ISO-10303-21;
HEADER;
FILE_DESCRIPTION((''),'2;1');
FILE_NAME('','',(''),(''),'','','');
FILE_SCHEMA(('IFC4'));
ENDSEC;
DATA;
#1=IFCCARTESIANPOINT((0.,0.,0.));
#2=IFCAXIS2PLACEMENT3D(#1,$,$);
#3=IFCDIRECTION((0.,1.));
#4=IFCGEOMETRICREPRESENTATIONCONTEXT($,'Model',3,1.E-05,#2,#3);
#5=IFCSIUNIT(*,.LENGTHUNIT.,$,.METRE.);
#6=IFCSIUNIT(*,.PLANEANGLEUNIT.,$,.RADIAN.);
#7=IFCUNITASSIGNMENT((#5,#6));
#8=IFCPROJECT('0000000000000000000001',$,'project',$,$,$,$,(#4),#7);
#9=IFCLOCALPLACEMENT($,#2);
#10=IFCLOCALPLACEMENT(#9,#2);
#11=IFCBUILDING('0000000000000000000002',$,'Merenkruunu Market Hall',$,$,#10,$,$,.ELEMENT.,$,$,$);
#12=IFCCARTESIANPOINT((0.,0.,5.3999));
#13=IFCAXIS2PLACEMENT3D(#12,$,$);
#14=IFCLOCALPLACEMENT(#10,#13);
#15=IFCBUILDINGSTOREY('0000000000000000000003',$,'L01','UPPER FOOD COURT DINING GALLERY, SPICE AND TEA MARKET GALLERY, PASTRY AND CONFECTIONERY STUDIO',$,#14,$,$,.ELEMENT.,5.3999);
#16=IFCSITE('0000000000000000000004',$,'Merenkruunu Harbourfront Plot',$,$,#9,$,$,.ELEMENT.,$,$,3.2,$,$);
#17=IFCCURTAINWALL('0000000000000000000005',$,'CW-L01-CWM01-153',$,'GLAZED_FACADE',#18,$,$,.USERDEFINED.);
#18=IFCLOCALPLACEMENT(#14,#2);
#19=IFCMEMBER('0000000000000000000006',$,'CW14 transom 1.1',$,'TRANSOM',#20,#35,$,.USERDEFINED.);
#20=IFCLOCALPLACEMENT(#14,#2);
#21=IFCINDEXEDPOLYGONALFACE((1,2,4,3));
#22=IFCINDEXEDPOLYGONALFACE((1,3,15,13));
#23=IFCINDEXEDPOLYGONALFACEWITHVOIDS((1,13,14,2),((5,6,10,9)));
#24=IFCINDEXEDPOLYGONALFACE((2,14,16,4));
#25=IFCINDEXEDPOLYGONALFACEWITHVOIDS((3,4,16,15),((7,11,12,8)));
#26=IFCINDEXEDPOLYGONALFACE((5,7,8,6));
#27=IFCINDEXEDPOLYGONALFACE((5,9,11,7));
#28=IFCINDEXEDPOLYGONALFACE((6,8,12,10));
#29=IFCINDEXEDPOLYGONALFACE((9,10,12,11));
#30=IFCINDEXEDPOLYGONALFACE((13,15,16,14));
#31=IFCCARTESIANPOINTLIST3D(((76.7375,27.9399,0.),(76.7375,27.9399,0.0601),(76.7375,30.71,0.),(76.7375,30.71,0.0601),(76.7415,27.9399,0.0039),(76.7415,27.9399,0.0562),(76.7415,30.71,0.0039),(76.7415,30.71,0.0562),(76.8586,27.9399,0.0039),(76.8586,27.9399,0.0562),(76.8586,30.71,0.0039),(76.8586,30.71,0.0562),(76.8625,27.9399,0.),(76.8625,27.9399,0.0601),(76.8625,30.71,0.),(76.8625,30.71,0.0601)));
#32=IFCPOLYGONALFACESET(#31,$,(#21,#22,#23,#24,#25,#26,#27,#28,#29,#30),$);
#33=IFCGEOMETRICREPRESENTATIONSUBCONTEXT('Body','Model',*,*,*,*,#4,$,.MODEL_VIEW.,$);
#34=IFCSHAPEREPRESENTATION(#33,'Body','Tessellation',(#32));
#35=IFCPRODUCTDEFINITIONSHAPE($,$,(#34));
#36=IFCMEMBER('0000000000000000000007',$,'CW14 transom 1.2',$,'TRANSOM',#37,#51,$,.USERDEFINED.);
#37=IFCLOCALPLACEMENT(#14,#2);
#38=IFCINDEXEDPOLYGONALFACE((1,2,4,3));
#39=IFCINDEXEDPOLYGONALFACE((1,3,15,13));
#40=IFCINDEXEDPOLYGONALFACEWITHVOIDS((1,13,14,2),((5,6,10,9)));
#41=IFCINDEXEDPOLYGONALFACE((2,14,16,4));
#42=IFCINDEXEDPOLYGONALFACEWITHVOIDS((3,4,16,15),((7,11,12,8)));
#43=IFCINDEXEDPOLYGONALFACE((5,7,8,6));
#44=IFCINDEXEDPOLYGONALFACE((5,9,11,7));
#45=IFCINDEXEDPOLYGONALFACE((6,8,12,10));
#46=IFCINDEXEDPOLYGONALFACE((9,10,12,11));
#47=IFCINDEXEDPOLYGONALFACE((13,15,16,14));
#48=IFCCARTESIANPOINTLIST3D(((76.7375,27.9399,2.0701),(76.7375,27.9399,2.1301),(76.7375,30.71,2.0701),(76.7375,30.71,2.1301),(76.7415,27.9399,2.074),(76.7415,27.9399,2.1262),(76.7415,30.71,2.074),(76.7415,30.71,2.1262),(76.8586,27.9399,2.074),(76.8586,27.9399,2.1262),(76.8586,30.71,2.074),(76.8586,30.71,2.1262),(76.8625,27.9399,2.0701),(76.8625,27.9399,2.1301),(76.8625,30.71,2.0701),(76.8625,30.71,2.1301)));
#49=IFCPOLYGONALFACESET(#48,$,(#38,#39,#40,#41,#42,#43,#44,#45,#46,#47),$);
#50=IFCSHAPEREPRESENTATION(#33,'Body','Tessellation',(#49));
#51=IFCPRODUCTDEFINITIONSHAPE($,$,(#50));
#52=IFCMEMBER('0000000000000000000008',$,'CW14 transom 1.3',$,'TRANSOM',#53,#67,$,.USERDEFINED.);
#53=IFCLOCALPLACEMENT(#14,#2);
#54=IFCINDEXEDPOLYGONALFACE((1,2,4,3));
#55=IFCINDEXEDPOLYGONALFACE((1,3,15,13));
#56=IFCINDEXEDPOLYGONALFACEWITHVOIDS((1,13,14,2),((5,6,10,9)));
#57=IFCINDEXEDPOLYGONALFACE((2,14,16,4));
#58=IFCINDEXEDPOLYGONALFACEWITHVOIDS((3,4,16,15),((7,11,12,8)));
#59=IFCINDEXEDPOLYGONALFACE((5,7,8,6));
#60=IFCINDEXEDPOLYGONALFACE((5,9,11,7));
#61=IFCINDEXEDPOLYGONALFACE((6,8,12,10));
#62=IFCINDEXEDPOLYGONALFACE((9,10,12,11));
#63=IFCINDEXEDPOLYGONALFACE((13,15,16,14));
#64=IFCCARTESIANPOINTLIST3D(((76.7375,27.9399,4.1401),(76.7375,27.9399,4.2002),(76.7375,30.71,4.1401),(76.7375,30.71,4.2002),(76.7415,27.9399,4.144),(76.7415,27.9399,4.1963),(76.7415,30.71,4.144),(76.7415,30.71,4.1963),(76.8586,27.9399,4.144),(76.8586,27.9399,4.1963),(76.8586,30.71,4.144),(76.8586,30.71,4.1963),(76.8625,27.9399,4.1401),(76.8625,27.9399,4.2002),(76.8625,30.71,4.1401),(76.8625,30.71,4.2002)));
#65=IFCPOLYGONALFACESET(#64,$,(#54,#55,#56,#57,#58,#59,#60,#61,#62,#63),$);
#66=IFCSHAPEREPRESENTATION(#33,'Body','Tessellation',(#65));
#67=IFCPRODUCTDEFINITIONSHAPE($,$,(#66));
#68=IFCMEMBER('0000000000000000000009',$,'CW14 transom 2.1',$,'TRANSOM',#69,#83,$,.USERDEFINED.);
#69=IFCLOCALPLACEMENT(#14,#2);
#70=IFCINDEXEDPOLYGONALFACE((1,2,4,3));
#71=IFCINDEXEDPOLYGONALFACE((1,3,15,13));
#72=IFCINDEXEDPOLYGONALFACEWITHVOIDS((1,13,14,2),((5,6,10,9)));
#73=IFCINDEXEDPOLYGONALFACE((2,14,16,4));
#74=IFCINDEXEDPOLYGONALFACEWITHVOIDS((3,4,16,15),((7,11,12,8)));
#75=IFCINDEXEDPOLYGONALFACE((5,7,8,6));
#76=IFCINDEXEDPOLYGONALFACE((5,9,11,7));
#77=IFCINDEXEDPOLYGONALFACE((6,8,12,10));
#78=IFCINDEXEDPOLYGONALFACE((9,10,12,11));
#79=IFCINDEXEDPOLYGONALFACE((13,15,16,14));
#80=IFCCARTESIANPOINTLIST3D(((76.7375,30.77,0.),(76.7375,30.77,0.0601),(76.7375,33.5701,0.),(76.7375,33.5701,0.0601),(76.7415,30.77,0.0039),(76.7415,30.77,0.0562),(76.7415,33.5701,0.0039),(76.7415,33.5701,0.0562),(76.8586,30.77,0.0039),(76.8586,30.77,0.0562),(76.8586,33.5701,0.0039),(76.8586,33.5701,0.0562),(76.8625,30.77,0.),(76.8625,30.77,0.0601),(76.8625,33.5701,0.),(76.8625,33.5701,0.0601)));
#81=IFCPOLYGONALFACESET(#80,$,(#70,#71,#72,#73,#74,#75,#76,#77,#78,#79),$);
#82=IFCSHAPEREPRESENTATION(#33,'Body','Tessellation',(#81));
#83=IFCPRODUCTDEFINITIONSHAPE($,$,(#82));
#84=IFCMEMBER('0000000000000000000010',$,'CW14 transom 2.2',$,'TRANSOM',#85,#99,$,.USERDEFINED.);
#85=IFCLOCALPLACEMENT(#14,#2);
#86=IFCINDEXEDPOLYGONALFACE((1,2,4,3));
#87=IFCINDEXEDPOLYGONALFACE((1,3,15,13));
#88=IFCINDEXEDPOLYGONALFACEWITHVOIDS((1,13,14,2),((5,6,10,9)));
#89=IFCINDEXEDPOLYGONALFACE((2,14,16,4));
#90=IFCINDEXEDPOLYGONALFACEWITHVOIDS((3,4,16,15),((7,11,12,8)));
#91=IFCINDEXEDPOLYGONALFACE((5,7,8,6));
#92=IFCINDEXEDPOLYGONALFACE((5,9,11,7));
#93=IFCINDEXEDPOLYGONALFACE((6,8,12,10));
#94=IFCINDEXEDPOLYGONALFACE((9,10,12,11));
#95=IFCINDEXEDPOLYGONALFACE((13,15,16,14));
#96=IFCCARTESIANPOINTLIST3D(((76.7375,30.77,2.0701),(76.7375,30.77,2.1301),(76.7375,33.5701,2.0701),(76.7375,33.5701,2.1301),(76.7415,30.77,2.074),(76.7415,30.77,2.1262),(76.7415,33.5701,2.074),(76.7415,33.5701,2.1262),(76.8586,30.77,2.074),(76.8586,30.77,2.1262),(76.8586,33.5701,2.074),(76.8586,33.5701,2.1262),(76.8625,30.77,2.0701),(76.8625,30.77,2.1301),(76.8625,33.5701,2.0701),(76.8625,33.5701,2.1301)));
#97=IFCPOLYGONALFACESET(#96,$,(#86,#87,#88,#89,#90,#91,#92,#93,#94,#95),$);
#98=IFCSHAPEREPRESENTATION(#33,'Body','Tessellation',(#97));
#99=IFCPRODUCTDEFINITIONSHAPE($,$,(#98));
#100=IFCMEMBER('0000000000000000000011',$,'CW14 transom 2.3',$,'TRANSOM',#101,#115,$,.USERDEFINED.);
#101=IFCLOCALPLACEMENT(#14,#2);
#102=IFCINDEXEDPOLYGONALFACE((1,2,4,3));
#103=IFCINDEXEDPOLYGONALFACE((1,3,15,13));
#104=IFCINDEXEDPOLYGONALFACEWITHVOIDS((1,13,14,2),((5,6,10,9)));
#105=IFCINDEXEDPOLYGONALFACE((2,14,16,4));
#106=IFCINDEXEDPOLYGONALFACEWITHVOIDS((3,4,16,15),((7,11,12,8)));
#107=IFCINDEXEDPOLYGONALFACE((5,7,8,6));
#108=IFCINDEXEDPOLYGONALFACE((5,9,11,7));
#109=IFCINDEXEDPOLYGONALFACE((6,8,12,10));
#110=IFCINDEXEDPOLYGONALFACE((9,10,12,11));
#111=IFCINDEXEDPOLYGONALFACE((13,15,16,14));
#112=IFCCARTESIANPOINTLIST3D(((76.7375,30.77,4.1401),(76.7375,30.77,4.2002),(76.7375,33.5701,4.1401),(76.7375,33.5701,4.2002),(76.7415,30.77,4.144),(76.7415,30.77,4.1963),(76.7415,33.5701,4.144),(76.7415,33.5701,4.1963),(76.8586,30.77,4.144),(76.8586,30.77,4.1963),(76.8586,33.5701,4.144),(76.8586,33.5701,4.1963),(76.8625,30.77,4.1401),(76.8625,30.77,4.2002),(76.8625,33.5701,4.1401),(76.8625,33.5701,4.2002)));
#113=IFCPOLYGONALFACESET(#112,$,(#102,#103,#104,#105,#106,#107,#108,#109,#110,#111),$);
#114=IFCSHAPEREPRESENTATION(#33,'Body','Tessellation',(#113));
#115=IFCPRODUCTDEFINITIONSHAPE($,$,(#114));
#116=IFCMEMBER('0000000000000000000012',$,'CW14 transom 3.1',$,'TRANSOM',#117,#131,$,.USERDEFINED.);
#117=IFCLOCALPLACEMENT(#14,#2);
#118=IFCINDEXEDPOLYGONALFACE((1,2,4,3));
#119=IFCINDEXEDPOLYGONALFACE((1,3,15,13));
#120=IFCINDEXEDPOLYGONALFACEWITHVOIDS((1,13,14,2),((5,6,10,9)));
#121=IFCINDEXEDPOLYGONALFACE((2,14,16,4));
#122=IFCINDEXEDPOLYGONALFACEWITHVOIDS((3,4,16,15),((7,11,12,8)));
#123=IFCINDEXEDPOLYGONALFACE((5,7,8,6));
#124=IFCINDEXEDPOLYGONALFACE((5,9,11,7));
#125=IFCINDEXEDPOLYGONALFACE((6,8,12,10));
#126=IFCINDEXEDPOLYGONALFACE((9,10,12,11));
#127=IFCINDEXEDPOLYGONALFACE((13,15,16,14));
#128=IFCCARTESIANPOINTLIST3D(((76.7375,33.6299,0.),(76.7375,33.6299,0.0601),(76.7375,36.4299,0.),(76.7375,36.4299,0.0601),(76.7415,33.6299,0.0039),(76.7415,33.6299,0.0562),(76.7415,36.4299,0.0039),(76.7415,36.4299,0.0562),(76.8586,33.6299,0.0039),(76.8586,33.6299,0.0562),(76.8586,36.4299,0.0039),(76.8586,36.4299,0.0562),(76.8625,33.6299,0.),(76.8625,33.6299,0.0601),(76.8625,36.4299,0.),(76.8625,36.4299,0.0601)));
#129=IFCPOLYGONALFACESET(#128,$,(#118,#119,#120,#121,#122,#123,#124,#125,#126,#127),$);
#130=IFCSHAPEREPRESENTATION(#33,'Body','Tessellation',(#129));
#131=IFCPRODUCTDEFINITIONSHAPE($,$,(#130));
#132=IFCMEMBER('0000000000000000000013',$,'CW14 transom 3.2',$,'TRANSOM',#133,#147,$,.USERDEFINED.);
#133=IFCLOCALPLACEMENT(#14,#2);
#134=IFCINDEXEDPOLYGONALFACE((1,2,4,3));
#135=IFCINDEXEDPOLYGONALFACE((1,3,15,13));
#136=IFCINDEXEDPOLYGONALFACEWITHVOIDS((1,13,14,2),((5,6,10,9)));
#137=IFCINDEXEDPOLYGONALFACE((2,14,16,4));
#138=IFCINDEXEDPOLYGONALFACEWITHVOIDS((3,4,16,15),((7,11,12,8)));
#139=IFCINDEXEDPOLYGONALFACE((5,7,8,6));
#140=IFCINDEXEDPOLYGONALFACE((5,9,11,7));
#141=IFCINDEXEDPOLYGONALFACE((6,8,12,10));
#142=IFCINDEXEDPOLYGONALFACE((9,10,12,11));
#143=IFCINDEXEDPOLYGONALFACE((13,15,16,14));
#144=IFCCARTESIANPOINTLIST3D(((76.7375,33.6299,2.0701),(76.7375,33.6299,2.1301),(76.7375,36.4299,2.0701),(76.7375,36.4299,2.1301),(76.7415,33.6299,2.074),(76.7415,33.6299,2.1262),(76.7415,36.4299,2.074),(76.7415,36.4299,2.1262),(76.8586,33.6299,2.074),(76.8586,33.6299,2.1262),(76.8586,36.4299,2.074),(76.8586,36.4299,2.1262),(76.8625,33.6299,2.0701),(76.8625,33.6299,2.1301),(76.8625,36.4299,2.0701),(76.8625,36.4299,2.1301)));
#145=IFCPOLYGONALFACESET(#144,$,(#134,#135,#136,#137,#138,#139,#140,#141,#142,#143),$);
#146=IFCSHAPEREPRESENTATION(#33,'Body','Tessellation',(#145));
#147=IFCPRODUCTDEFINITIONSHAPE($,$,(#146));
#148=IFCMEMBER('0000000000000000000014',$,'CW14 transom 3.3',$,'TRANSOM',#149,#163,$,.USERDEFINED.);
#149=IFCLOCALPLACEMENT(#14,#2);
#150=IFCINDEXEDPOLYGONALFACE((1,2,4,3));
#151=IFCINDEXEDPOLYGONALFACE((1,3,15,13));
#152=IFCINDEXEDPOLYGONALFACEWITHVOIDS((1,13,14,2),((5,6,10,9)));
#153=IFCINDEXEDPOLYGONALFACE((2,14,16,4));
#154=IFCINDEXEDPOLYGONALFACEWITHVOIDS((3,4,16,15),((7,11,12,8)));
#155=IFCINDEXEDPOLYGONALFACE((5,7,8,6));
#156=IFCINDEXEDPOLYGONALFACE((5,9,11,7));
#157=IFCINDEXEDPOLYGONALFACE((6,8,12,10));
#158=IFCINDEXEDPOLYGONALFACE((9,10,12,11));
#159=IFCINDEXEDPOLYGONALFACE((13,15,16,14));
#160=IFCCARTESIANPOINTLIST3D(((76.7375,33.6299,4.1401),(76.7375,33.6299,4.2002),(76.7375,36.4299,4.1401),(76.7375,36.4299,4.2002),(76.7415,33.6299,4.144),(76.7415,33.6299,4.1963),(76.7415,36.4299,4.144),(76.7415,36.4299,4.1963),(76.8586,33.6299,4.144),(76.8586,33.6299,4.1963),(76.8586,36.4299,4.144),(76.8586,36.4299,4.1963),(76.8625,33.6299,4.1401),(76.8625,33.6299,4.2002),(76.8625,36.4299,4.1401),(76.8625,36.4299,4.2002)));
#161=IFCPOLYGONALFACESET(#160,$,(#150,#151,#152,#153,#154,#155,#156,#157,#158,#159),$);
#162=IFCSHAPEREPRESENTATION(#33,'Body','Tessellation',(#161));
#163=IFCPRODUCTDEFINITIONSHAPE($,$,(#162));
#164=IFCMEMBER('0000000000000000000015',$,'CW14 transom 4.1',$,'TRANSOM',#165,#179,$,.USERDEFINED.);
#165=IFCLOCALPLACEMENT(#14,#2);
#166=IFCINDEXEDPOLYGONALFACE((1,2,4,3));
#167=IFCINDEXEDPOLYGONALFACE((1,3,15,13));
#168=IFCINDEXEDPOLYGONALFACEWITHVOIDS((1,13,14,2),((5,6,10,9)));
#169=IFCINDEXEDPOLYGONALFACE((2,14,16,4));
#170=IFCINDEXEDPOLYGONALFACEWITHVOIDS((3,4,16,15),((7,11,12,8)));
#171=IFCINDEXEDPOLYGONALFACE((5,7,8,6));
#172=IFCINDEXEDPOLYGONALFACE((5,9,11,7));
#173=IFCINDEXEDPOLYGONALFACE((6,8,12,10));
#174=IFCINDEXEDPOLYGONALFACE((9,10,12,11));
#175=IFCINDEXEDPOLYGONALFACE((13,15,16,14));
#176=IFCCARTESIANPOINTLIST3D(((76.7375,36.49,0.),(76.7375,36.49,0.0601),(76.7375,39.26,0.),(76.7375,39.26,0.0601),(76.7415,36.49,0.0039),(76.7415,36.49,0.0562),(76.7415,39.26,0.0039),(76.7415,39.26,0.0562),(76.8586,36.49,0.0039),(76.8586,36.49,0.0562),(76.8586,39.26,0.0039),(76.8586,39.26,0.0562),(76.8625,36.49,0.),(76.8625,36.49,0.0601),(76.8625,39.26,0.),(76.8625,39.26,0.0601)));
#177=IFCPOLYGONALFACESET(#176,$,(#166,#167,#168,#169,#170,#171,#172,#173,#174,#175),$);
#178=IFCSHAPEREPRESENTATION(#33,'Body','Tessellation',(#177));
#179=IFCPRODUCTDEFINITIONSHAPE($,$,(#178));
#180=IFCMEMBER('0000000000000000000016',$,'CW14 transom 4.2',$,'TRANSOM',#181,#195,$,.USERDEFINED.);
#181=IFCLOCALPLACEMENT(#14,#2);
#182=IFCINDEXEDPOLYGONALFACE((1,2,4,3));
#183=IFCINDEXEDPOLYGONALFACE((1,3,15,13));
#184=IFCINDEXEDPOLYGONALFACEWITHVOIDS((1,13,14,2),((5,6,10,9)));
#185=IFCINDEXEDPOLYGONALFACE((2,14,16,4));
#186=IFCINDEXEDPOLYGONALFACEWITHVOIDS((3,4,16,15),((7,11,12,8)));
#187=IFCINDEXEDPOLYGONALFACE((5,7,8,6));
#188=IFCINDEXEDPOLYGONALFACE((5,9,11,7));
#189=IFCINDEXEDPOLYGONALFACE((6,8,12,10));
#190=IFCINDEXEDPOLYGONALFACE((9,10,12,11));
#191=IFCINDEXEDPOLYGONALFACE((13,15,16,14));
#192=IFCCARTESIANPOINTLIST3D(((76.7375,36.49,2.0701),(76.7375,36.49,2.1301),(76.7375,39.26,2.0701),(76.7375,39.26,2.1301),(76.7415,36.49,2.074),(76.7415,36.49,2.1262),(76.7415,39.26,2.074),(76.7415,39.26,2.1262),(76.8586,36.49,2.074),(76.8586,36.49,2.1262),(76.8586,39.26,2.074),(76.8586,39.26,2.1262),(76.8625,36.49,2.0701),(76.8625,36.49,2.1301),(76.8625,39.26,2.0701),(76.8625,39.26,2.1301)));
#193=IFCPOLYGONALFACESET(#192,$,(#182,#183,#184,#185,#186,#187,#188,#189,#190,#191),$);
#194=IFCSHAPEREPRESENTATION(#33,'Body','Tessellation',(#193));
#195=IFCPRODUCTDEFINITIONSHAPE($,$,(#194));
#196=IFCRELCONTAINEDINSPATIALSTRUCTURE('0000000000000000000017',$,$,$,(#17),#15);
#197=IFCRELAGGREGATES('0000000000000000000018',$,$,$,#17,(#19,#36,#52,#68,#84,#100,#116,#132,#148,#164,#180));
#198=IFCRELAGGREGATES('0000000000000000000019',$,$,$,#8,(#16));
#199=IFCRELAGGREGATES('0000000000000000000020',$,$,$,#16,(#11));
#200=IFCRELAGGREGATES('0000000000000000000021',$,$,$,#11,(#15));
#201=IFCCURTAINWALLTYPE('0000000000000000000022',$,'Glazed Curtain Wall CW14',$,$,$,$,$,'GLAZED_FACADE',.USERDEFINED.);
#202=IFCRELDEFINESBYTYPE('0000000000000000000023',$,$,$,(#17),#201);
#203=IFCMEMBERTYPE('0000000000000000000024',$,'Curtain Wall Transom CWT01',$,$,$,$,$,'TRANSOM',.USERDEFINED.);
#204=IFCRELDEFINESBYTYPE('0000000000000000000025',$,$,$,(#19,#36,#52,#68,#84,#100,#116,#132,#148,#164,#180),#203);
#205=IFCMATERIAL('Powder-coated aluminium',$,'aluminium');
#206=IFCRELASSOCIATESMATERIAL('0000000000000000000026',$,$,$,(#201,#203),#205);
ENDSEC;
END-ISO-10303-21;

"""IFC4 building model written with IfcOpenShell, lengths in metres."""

from ifc_helpers import new_model, si_unit, direction, frame, origin, origin_2d, place, context, subcontext, project, spatial, hollow_rectangle, extrude, material, material_profile, profile_set, type_object, element, aggregate, save


model = new_model("IFC4")

# Units and contexts
model_context = context("Model", 3, precision=1e-05, world=origin(), true_north=direction((0.0, 1.0)))
body_context = subcontext(model_context, "Body", "Model", "MODEL_VIEW")
ifc_project = project(units=[si_unit("LENGTHUNIT", "METRE"), si_unit("PLANEANGLEUNIT", "RADIAN")], contexts=[model_context])

# Site, building, storey
site_placement = place(None, origin())
site = spatial("IfcSite", under=ifc_project, at=site_placement, Name="Merenkruunu Harbourfront Plot", CompositionType="ELEMENT", RefElevation=3.2)
building_placement = place(site_placement, origin())
building = spatial("IfcBuilding", under=site, at=building_placement, Name="Merenkruunu Market Hall", CompositionType="ELEMENT")
storey_placement = place(building_placement, frame((0.0, 0.0, 5.3999)))
storey = spatial("IfcBuildingStorey", under=building, at=storey_placement, Name="L01", Description="UPPER FOOD COURT DINING GALLERY, SPICE AND TEA MARKET GALLERY, PASTRY AND CONFECTIONERY STUDIO", CompositionType="ELEMENT", Elevation=5.3999)

# Curtain wall, members
ifc_material_1 = material(Name="Powder-coated aluminium", Category="aluminium")
curtain_wall_type = type_object("IfcCurtainWallType", Name="Glazed Curtain Wall CW14", ElementType="GLAZED_FACADE", PredefinedType="USERDEFINED", material=ifc_material_1)
curtain_wall_placement = place(storey_placement, origin())
curtain_wall = element("IfcCurtainWall", 1, at=curtain_wall_placement, inside=storey, type_object=curtain_wall_type, Name="CW-L01-CWM01-153", ObjectType="GLAZED_FACADE", PredefinedType="USERDEFINED")
ifc_material_profile_1 = material_profile(ifc_material_1, hollow_rectangle(XDim=0.0601, YDim=0.125, WallThickness=0.0039, at=origin_2d()), Name="ALU 60x125x4")
ifc_profile_set_1 = profile_set([ifc_material_profile_1], Name="Powder-coated aluminium")
member_type_1 = type_object("IfcMemberType", Name="Curtain Wall Transom CWT01", ElementType="TRANSOM", PredefinedType="USERDEFINED", material=ifc_profile_set_1)
member_1_placement = place(storey_placement, frame((76.8, 27.9399, 0.03), z_axis=(0.0, 1.0, 0.0), x_axis=(0.0, 0.0, 1.0)))
member_1 = element("IfcMember", 2, at=member_1_placement, type_object=member_type_1, Name="CW14 transom 1.1", ObjectType="TRANSOM", PredefinedType="USERDEFINED", context=body_context, shape_type="SweptSolid", body=[
    extrude(hollow_rectangle(XDim=0.0601, YDim=0.125, WallThickness=0.0039, at=origin_2d()), origin(), (0.0, 0.0, 1.0), 2.77),
])
member_2_placement = place(storey_placement, frame((76.8, 27.9399, 2.1001), z_axis=(0.0, 1.0, 0.0), x_axis=(0.0, 0.0, 1.0)))
member_2 = element("IfcMember", 3, at=member_2_placement, type_object=member_type_1, Name="CW14 transom 1.2", ObjectType="TRANSOM", PredefinedType="USERDEFINED", context=body_context, shape_type="SweptSolid", body=[
    extrude(hollow_rectangle(XDim=0.0601, YDim=0.125, WallThickness=0.0039, at=origin_2d()), origin(), (0.0, 0.0, 1.0), 2.77),
])
member_3_placement = place(storey_placement, frame((76.8, 27.9399, 4.1702), z_axis=(0.0, 1.0, 0.0), x_axis=(0.0, 0.0, 1.0)))
member_3 = element("IfcMember", 4, at=member_3_placement, type_object=member_type_1, Name="CW14 transom 1.3", ObjectType="TRANSOM", PredefinedType="USERDEFINED", context=body_context, shape_type="SweptSolid", body=[
    extrude(hollow_rectangle(XDim=0.0601, YDim=0.125, WallThickness=0.0039, at=origin_2d()), origin(), (0.0, 0.0, 1.0), 2.77),
])
member_4_placement = place(storey_placement, frame((76.8, 30.77, 0.03), z_axis=(0.0, 1.0, 0.0), x_axis=(0.0, 0.0, 1.0)))
member_4 = element("IfcMember", 5, at=member_4_placement, type_object=member_type_1, Name="CW14 transom 2.1", ObjectType="TRANSOM", PredefinedType="USERDEFINED", context=body_context, shape_type="SweptSolid", body=[
    extrude(hollow_rectangle(XDim=0.0601, YDim=0.125, WallThickness=0.0039, at=origin_2d()), origin(), (0.0, 0.0, 1.0), 2.8),
])
member_5_placement = place(storey_placement, frame((76.8, 30.77, 2.1001), z_axis=(0.0, 1.0, 0.0), x_axis=(0.0, 0.0, 1.0)))
member_5 = element("IfcMember", 6, at=member_5_placement, type_object=member_type_1, Name="CW14 transom 2.2", ObjectType="TRANSOM", PredefinedType="USERDEFINED", context=body_context, shape_type="SweptSolid", body=[
    extrude(hollow_rectangle(XDim=0.0601, YDim=0.125, WallThickness=0.0039, at=origin_2d()), origin(), (0.0, 0.0, 1.0), 2.8),
])
member_6_placement = place(storey_placement, frame((76.8, 30.77, 4.1702), z_axis=(0.0, 1.0, 0.0), x_axis=(0.0, 0.0, 1.0)))
member_6 = element("IfcMember", 7, at=member_6_placement, type_object=member_type_1, Name="CW14 transom 2.3", ObjectType="TRANSOM", PredefinedType="USERDEFINED", context=body_context, shape_type="SweptSolid", body=[
    extrude(hollow_rectangle(XDim=0.0601, YDim=0.125, WallThickness=0.0039, at=origin_2d()), origin(), (0.0, 0.0, 1.0), 2.8),
])
member_7_placement = place(storey_placement, frame((76.8, 33.6299, 0.03), z_axis=(0.0, 1.0, 0.0), x_axis=(0.0, 0.0, 1.0)))
member_7 = element("IfcMember", 8, at=member_7_placement, type_object=member_type_1, Name="CW14 transom 3.1", ObjectType="TRANSOM", PredefinedType="USERDEFINED", context=body_context, shape_type="SweptSolid", body=[
    extrude(hollow_rectangle(XDim=0.0601, YDim=0.125, WallThickness=0.0039, at=origin_2d()), origin(), (0.0, 0.0, 1.0), 2.8),
])
member_8_placement = place(storey_placement, frame((76.8, 33.6299, 2.1001), z_axis=(0.0, 1.0, 0.0), x_axis=(0.0, 0.0, 1.0)))
member_8 = element("IfcMember", 9, at=member_8_placement, type_object=member_type_1, Name="CW14 transom 3.2", ObjectType="TRANSOM", PredefinedType="USERDEFINED", context=body_context, shape_type="SweptSolid", body=[
    extrude(hollow_rectangle(XDim=0.0601, YDim=0.125, WallThickness=0.0039, at=origin_2d()), origin(), (0.0, 0.0, 1.0), 2.8),
])
member_9_placement = place(storey_placement, frame((76.8, 33.6299, 4.1702), z_axis=(0.0, 1.0, 0.0), x_axis=(0.0, 0.0, 1.0)))
member_9 = element("IfcMember", 10, at=member_9_placement, type_object=member_type_1, Name="CW14 transom 3.3", ObjectType="TRANSOM", PredefinedType="USERDEFINED", context=body_context, shape_type="SweptSolid", body=[
    extrude(hollow_rectangle(XDim=0.0601, YDim=0.125, WallThickness=0.0039, at=origin_2d()), origin(), (0.0, 0.0, 1.0), 2.8),
])
member_10_placement = place(storey_placement, frame((76.8, 36.49, 0.03), z_axis=(0.0, 1.0, 0.0), x_axis=(0.0, 0.0, 1.0)))
member_10 = element("IfcMember", 11, at=member_10_placement, type_object=member_type_1, Name="CW14 transom 4.1", ObjectType="TRANSOM", PredefinedType="USERDEFINED", context=body_context, shape_type="SweptSolid", body=[
    extrude(hollow_rectangle(XDim=0.0601, YDim=0.125, WallThickness=0.0039, at=origin_2d()), origin(), (0.0, 0.0, 1.0), 2.77),
])
member_11_placement = place(storey_placement, frame((76.8, 36.49, 2.1001), z_axis=(0.0, 1.0, 0.0), x_axis=(0.0, 0.0, 1.0)))
member_11 = element("IfcMember", 12, at=member_11_placement, type_object=member_type_1, Name="CW14 transom 4.2", ObjectType="TRANSOM", PredefinedType="USERDEFINED", context=body_context, shape_type="SweptSolid", body=[
    extrude(hollow_rectangle(XDim=0.0601, YDim=0.125, WallThickness=0.0039, at=origin_2d()), origin(), (0.0, 0.0, 1.0), 2.77),
])

aggregate(curtain_wall, [member_1, member_2, member_3, member_4, member_5, member_6, member_7, member_8, member_9, member_10, member_11])

save(model, "model.ifc")
